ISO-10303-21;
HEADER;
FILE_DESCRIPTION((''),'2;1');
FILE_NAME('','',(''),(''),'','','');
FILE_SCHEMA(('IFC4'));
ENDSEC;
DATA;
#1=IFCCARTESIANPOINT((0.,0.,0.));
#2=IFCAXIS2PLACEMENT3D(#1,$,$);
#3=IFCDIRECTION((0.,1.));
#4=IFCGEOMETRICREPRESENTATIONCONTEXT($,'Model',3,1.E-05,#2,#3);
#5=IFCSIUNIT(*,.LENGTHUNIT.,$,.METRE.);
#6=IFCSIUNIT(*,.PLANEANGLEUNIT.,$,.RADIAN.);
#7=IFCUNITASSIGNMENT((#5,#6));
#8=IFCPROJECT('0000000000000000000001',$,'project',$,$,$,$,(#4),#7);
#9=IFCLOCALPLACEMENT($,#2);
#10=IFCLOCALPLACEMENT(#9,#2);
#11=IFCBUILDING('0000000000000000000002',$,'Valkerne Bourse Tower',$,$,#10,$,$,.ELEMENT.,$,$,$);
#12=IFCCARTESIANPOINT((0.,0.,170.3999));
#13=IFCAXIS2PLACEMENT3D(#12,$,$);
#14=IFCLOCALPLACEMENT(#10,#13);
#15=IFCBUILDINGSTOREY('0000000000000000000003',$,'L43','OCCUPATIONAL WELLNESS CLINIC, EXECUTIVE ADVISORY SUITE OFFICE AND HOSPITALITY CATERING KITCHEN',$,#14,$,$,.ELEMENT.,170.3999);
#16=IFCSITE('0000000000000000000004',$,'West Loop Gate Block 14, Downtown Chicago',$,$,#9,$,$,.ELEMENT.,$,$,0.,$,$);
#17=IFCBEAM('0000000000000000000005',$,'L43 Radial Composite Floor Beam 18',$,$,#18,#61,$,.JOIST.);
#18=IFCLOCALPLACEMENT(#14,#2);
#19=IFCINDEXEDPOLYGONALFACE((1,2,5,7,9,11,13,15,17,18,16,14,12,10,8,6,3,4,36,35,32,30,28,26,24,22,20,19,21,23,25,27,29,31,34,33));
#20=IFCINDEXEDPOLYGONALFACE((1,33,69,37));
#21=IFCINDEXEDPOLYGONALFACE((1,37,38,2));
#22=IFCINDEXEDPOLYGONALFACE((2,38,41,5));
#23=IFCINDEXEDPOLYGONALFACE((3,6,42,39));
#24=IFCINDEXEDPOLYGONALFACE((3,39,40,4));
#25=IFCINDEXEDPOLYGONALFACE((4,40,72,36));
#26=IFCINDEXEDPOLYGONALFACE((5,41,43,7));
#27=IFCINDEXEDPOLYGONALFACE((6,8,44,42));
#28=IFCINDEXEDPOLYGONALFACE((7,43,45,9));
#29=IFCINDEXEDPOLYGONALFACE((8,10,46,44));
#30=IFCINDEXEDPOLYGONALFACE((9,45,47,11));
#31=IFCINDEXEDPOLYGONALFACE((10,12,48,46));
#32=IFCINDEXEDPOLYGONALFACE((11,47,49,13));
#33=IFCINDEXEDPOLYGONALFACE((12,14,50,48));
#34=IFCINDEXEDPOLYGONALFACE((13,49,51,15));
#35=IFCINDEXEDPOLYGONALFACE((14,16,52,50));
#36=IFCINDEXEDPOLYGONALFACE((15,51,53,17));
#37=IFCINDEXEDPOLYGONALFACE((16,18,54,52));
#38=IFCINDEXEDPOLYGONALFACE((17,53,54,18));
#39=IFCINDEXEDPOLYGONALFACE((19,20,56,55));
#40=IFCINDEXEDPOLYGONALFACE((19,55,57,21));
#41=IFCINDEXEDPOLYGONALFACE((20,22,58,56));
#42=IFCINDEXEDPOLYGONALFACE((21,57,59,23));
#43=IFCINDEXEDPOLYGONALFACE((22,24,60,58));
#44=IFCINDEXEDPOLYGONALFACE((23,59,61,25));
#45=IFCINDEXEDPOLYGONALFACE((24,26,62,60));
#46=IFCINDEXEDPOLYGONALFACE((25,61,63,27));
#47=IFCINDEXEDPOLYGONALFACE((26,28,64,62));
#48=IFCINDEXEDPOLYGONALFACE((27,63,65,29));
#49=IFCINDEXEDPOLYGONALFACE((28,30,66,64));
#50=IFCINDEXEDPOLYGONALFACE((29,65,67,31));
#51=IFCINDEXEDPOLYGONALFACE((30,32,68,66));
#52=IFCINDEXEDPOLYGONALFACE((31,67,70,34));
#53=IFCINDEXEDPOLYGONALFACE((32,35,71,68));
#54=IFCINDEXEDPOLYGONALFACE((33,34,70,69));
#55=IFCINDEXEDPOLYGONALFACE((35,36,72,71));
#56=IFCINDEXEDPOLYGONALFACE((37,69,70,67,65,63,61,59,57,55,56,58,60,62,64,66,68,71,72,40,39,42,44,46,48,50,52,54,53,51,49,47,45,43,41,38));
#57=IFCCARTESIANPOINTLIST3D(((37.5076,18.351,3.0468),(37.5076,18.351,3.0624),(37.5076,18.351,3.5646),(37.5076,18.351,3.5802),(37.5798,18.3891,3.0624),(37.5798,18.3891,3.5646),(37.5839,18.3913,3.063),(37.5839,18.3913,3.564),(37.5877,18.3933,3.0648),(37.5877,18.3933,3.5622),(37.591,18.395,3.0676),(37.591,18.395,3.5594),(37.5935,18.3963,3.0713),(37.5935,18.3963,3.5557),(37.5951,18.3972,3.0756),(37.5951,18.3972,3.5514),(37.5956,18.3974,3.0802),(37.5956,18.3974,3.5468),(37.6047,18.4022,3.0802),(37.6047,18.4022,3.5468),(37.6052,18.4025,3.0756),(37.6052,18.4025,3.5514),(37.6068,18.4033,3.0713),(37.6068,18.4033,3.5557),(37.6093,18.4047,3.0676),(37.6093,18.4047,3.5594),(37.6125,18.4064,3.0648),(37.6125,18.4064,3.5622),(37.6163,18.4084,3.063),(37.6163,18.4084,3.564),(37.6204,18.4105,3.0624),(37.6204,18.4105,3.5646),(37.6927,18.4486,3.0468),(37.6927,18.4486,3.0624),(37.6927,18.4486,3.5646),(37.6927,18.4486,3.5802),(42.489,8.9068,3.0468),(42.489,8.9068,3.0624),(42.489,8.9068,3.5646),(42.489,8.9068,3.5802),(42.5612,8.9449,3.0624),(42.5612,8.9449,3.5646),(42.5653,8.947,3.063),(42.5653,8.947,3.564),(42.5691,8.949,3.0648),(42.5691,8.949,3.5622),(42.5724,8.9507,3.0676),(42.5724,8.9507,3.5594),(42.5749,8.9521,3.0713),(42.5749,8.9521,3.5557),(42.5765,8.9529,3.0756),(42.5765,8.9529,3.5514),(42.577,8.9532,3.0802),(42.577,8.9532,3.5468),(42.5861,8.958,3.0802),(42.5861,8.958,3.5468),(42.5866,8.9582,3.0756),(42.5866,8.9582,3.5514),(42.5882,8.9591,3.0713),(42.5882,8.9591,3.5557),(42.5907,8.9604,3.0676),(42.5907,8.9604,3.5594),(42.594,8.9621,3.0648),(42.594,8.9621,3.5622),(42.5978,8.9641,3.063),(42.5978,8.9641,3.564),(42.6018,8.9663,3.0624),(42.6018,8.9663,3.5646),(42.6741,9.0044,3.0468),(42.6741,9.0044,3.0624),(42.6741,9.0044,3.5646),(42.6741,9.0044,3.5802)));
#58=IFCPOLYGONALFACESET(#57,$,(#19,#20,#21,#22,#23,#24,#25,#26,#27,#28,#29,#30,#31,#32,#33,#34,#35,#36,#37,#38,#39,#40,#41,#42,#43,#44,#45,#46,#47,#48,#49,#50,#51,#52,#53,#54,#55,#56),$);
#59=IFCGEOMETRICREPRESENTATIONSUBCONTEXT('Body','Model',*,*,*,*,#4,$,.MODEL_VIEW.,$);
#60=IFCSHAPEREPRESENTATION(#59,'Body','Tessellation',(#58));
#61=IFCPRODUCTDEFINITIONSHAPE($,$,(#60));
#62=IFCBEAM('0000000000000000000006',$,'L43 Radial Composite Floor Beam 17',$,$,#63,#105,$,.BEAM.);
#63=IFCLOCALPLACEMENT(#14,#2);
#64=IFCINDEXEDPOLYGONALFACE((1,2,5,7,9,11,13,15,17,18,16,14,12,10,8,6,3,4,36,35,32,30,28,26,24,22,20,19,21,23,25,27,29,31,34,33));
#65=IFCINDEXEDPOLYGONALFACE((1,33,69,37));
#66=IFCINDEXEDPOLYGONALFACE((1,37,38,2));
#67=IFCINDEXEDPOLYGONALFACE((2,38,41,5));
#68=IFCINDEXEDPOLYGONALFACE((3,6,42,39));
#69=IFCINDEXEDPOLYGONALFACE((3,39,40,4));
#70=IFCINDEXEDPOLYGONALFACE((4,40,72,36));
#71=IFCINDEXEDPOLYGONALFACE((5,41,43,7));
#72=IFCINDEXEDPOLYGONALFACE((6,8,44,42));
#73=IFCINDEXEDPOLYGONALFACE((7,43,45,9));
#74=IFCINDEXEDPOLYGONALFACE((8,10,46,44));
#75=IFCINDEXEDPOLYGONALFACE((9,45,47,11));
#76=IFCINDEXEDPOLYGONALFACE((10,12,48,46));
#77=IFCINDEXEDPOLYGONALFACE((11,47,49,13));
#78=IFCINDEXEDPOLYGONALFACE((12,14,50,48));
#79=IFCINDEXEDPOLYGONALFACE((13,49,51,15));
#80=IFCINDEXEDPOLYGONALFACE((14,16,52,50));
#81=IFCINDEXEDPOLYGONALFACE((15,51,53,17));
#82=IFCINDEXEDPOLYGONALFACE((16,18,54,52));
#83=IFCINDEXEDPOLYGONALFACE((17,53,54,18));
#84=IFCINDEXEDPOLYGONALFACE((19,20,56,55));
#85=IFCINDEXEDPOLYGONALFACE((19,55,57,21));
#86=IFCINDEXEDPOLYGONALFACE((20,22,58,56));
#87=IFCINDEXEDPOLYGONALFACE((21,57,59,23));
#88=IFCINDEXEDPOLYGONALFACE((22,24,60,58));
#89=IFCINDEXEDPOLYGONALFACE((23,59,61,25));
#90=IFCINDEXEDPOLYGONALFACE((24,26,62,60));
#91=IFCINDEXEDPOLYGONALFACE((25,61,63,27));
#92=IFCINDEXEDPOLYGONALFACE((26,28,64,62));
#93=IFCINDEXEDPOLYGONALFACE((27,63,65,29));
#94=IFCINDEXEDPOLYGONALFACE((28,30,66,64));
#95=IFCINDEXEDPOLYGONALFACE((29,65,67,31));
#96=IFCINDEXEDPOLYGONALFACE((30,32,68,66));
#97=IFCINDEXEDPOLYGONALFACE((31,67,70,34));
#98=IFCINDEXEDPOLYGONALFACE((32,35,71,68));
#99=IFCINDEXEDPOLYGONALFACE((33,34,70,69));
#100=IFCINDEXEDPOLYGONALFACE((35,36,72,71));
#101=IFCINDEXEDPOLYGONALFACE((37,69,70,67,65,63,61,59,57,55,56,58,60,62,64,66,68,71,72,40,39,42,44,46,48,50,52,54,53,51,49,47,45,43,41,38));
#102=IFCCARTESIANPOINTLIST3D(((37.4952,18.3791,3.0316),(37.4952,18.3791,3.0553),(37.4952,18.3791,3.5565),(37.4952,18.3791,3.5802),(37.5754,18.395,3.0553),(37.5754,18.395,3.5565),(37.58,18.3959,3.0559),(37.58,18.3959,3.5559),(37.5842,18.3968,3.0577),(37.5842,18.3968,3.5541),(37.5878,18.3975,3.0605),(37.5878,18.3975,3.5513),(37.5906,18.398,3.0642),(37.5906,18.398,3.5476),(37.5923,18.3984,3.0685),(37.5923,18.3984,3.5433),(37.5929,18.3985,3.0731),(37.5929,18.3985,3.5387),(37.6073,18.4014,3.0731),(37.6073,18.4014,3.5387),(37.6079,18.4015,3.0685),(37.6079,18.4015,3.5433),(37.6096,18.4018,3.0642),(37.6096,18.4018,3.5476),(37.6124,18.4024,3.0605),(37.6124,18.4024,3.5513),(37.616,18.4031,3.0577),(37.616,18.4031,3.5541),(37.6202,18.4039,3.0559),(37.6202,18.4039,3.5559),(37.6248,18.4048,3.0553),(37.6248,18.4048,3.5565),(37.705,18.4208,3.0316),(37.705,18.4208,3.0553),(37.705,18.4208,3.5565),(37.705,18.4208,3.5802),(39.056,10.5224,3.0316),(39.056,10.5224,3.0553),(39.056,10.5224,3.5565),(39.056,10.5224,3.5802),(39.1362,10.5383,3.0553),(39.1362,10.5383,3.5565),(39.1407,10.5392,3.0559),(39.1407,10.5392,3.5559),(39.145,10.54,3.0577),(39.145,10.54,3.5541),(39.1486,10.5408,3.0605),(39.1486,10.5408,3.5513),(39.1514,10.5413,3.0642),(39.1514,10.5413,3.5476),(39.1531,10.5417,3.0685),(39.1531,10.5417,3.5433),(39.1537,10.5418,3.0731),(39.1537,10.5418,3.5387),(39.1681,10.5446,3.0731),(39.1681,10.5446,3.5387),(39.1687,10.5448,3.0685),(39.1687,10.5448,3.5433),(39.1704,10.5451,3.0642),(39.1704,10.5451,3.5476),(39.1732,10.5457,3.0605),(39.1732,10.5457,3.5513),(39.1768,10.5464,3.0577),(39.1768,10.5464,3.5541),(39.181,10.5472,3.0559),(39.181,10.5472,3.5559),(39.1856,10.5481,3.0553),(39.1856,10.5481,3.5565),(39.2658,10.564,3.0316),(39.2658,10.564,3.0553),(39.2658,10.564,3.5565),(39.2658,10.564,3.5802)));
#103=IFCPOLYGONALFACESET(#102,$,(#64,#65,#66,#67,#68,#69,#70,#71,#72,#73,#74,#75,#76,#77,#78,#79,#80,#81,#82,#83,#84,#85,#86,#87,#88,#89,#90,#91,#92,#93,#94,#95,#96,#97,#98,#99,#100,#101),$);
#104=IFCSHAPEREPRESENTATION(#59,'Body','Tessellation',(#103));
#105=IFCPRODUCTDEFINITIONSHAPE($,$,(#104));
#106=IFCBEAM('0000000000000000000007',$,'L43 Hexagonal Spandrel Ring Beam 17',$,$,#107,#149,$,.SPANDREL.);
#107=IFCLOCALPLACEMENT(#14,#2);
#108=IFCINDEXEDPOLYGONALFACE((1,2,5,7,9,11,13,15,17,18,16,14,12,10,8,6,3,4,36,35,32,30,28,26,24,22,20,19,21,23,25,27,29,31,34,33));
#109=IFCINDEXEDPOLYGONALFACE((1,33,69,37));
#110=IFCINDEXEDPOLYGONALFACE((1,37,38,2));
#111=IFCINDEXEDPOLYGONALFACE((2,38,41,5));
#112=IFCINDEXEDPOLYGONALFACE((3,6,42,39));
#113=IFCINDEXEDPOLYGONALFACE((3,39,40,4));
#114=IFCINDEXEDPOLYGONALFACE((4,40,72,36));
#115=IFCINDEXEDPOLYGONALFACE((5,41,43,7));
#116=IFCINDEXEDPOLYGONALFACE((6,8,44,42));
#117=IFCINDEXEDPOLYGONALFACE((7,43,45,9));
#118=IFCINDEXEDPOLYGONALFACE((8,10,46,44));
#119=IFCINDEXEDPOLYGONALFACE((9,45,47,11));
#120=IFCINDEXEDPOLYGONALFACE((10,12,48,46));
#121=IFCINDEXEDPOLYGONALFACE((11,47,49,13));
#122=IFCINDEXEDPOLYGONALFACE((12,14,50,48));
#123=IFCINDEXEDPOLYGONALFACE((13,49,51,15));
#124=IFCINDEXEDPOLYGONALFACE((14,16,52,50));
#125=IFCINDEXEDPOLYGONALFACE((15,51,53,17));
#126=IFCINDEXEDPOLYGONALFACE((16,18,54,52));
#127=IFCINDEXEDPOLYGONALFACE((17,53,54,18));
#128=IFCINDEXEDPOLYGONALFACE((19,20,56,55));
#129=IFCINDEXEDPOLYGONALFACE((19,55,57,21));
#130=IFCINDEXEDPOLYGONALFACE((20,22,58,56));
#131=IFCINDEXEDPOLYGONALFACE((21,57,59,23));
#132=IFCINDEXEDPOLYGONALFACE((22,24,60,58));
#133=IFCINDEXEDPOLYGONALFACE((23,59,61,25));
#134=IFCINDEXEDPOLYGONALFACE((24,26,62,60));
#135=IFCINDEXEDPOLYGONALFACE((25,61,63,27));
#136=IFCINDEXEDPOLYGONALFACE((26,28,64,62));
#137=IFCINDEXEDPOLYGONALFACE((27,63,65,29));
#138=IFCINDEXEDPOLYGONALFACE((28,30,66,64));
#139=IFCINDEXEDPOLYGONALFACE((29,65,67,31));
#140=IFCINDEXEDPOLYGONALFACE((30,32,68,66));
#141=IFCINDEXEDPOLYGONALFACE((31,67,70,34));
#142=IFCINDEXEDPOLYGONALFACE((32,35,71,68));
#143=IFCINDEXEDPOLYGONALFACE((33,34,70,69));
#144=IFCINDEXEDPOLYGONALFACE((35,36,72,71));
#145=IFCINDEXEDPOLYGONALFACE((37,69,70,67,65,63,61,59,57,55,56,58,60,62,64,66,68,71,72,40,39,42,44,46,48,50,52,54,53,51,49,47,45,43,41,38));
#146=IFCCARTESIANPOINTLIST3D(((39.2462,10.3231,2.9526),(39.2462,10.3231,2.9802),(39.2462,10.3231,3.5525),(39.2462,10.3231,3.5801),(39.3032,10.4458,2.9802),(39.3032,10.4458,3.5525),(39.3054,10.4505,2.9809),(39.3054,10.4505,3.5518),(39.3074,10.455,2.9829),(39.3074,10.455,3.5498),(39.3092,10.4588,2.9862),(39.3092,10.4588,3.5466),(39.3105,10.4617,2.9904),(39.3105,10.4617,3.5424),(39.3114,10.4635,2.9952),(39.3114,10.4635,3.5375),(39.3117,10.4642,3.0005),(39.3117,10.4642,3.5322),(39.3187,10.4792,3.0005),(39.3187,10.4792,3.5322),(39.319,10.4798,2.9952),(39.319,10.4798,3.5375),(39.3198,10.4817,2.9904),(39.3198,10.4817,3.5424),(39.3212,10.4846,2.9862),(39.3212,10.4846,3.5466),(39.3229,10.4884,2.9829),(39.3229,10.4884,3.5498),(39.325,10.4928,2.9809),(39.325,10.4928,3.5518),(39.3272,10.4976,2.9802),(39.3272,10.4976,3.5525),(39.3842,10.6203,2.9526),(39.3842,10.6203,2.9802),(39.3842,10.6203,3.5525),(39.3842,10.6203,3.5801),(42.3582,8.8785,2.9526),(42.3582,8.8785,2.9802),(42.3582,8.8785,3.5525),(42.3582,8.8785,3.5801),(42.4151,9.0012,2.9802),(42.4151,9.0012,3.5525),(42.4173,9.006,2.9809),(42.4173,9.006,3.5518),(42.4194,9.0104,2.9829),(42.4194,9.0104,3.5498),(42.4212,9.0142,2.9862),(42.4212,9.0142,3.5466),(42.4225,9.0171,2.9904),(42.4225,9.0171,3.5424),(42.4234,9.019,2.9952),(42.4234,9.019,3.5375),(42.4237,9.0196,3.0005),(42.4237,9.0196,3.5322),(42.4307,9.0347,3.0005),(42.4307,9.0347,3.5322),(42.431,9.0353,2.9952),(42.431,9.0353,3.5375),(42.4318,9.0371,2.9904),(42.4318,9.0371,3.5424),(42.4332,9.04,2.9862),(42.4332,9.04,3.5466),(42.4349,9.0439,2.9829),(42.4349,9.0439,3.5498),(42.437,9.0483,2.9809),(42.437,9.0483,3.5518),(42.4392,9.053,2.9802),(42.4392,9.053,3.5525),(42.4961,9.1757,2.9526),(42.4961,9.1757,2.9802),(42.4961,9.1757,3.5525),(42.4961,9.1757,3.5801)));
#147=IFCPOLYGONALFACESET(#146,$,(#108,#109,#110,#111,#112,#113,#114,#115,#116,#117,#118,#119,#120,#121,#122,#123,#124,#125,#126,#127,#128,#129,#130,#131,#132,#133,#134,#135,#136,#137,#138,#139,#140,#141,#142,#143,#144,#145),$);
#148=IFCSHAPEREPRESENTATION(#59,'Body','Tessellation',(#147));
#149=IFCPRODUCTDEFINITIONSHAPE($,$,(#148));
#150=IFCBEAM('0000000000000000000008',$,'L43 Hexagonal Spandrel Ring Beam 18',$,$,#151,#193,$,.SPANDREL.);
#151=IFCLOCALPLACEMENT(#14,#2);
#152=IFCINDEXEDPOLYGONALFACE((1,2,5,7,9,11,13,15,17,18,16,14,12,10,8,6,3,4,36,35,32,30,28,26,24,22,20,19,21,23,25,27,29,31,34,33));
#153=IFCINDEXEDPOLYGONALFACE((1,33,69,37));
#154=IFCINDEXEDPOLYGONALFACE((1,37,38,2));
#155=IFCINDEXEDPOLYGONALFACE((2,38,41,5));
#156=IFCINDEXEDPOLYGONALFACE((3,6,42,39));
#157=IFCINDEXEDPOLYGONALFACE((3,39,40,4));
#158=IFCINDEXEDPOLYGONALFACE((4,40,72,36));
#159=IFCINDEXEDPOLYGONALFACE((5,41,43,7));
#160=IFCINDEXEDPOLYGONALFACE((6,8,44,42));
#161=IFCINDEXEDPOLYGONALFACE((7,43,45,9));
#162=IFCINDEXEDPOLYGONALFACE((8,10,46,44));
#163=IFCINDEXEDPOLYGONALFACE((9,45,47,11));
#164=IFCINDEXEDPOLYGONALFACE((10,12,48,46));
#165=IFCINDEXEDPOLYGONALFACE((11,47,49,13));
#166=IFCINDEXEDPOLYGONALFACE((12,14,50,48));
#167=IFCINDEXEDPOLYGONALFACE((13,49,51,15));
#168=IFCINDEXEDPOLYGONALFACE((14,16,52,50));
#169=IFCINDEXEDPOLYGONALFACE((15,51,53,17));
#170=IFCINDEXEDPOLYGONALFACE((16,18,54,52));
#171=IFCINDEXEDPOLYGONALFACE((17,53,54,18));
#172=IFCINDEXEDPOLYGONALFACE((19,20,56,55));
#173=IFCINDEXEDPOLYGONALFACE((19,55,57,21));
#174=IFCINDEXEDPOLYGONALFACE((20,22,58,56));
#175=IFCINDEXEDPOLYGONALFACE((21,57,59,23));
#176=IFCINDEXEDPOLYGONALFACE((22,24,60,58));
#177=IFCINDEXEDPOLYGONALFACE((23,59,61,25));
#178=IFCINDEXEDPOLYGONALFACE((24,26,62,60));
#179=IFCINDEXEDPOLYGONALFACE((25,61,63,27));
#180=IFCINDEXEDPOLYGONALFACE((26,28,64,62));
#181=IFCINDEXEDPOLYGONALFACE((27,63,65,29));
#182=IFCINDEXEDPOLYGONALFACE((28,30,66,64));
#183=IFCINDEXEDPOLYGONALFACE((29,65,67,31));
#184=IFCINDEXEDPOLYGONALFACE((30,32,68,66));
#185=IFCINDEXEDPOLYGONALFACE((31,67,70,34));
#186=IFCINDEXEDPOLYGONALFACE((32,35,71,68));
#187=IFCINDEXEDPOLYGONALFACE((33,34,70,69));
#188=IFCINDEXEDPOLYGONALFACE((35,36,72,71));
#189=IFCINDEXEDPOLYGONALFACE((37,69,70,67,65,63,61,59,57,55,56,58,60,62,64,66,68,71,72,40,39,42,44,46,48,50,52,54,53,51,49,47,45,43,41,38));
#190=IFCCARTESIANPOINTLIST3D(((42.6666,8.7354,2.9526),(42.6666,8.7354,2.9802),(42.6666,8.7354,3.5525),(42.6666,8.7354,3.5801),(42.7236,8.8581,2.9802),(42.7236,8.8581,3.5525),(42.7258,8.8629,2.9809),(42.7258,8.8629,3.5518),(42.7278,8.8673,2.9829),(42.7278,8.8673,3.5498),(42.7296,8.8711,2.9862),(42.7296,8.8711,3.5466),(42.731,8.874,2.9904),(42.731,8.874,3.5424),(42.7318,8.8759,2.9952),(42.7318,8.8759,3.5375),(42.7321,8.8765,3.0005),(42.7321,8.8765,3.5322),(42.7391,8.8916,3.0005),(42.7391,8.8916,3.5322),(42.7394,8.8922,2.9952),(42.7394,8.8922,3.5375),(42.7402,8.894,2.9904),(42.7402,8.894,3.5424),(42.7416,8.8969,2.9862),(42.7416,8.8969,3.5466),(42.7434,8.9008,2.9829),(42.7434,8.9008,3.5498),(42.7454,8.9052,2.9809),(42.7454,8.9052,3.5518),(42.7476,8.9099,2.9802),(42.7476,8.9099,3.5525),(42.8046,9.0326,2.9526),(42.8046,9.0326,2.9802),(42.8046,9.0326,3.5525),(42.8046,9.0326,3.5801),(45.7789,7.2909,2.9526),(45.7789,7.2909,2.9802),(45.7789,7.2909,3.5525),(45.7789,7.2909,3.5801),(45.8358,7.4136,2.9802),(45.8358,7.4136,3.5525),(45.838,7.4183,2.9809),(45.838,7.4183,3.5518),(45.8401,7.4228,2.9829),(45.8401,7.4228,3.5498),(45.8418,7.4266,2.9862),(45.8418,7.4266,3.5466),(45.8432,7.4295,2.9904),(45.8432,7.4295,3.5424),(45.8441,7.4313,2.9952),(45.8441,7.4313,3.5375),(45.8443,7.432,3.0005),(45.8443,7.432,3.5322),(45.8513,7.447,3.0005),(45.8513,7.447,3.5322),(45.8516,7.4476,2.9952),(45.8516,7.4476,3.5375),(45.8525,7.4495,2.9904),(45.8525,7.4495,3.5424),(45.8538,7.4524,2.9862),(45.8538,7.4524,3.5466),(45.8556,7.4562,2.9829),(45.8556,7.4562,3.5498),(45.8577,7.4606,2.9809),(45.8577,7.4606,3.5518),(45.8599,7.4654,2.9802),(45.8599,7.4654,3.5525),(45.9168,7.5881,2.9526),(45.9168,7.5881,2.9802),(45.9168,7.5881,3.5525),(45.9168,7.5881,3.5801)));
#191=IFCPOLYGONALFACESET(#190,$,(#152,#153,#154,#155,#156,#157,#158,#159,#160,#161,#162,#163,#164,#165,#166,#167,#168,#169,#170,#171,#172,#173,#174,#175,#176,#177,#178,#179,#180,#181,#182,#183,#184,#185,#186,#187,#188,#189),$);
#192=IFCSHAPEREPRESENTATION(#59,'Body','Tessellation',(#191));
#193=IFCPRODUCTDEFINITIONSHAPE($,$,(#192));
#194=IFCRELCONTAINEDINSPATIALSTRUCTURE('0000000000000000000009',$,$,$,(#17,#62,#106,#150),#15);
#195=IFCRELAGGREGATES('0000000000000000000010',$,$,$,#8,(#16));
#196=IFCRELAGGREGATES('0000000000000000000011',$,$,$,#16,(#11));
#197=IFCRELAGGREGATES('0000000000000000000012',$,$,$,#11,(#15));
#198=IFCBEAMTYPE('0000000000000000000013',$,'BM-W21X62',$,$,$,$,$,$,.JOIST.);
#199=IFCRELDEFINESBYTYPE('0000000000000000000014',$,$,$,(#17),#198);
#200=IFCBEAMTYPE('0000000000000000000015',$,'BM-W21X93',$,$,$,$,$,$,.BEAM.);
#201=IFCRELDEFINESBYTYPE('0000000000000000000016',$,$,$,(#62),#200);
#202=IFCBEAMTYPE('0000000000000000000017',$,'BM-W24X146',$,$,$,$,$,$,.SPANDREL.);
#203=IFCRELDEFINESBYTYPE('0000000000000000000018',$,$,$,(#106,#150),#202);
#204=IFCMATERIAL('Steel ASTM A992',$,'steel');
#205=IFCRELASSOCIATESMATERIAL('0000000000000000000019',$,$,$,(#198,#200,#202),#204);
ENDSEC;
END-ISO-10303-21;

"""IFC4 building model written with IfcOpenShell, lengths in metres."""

from ifc_helpers import new_model, si_unit, direction, frame, origin, origin_2d, place, context, subcontext, project, spatial, i_section, extrude, material, material_profile, profile_set, type_object, element, save


model = new_model("IFC4")

# Units and contexts
model_context = context("Model", 3, precision=1e-05, world=origin(), true_north=direction((0.0, 1.0)))
body_context = subcontext(model_context, "Body", "Model", "MODEL_VIEW")
ifc_project = project(units=[si_unit("LENGTHUNIT", "METRE"), si_unit("PLANEANGLEUNIT", "RADIAN")], contexts=[model_context])

# Site, building, storey
site_placement = place(None, origin())
site = spatial("IfcSite", under=ifc_project, at=site_placement, Name="West Loop Gate Block 14, Downtown Chicago", CompositionType="ELEMENT", RefElevation=0.0)
building_placement = place(site_placement, origin())
building = spatial("IfcBuilding", under=site, at=building_placement, Name="Valkerne Bourse Tower", CompositionType="ELEMENT")
storey_placement = place(building_placement, frame((0.0, 0.0, 170.3999)))
storey = spatial("IfcBuildingStorey", under=building, at=storey_placement, Name="L43", Description="OCCUPATIONAL WELLNESS CLINIC, EXECUTIVE ADVISORY SUITE OFFICE AND HOSPITALITY CATERING KITCHEN", CompositionType="ELEMENT", Elevation=170.3999)

# Beams
ifc_material_1 = material(Name="Steel ASTM A992", Category="steel")
ifc_material_profile_1 = material_profile(ifc_material_1, i_section(OverallWidth=0.2092, OverallDepth=0.5334, WebThickness=0.0103, FlangeThickness=0.0156, FilletRadius=0.0178, at=origin_2d()), Name="W21X62")
ifc_profile_set_1 = profile_set([ifc_material_profile_1], Name="Steel ASTM A992")
beam_type_1 = type_object("IfcBeamType", Name="BM-W21X62", PredefinedType="JOIST", material=ifc_profile_set_1)
beam_1_placement = place(storey_placement, frame((42.5815, 8.9556, 3.3135), z_axis=(-0.466534, 0.884503, 0.0), x_axis=(-0.884503, -0.466534, 0.0)))
element("IfcBeam", 1, at=beam_1_placement, inside=storey, type_object=beam_type_1, Name="L43 Radial Composite Floor Beam 18", PredefinedType="JOIST", context=body_context, shape_type="SweptSolid", body=[
    extrude(i_section(OverallWidth=0.2092, OverallDepth=0.5334, WebThickness=0.0103, FlangeThickness=0.0156, FilletRadius=0.0178, at=origin_2d()), origin(), (0.0, 0.0, 1.0), 10.6775),
])
ifc_material_profile_2 = material_profile(ifc_material_1, i_section(OverallWidth=0.2139, OverallDepth=0.5486, WebThickness=0.0146, FlangeThickness=0.0237, FilletRadius=0.0178, at=origin_2d()), Name="W21X93")
ifc_profile_set_2 = profile_set([ifc_material_profile_2], Name="Steel ASTM A992")
beam_type_2 = type_object("IfcBeamType", Name="BM-W21X93", PredefinedType="BEAM", material=ifc_profile_set_2)
beam_2_placement = place(storey_placement, frame((39.1609, 10.5432, 3.3059), z_axis=(-0.19485, 0.980833, 0.0), x_axis=(-0.980833, -0.19485, 0.0)))
element("IfcBeam", 2, at=beam_2_placement, inside=storey, type_object=beam_type_2, Name="L43 Radial Composite Floor Beam 17", PredefinedType="BEAM", context=body_context, shape_type="SweptSolid", body=[
    extrude(i_section(OverallWidth=0.2139, OverallDepth=0.5486, WebThickness=0.0146, FlangeThickness=0.0237, FilletRadius=0.0178, at=origin_2d()), origin(), (0.0, 0.0, 1.0), 8.0103),
])
ifc_material_profile_3 = material_profile(ifc_material_1, i_section(OverallWidth=0.3276, OverallDepth=0.6274, WebThickness=0.0166, FlangeThickness=0.0276, FilletRadius=0.0203, at=origin_2d()), Name="W24X146")
ifc_profile_set_3 = profile_set([ifc_material_profile_3], Name="Steel ASTM A992")
beam_type_3 = type_object("IfcBeamType", Name="BM-W24X146", PredefinedType="SPANDREL", material=ifc_profile_set_3)
beam_3_placement = place(storey_placement, frame((39.3152, 10.4717, 3.2664), z_axis=(0.907043, -0.421038, 0.0), x_axis=(0.421038, 0.907043, 0.0)))
element("IfcBeam", 3, at=beam_3_placement, inside=storey, type_object=beam_type_3, Name="L43 Hexagonal Spandrel Ring Beam 17", PredefinedType="SPANDREL", context=body_context, shape_type="SweptSolid", body=[
    extrude(i_section(OverallWidth=0.3276, OverallDepth=0.6274, WebThickness=0.0166, FlangeThickness=0.0276, FilletRadius=0.0203, at=origin_2d()), origin(), (0.0, 0.0, 1.0), 3.4309),
])
beam_4_placement = place(storey_placement, frame((42.7356, 8.884, 3.2664), z_axis=(0.907056, -0.421011, 0.0), x_axis=(0.421011, 0.907056, 0.0)))
element("IfcBeam", 4, at=beam_4_placement, inside=storey, type_object=beam_type_3, Name="L43 Hexagonal Spandrel Ring Beam 18", PredefinedType="SPANDREL", context=body_context, shape_type="SweptSolid", body=[
    extrude(i_section(OverallWidth=0.3276, OverallDepth=0.6274, WebThickness=0.0166, FlangeThickness=0.0276, FilletRadius=0.0203, at=origin_2d()), origin(), (0.0, 0.0, 1.0), 3.4312),
])

save(model, "model.ifc")
